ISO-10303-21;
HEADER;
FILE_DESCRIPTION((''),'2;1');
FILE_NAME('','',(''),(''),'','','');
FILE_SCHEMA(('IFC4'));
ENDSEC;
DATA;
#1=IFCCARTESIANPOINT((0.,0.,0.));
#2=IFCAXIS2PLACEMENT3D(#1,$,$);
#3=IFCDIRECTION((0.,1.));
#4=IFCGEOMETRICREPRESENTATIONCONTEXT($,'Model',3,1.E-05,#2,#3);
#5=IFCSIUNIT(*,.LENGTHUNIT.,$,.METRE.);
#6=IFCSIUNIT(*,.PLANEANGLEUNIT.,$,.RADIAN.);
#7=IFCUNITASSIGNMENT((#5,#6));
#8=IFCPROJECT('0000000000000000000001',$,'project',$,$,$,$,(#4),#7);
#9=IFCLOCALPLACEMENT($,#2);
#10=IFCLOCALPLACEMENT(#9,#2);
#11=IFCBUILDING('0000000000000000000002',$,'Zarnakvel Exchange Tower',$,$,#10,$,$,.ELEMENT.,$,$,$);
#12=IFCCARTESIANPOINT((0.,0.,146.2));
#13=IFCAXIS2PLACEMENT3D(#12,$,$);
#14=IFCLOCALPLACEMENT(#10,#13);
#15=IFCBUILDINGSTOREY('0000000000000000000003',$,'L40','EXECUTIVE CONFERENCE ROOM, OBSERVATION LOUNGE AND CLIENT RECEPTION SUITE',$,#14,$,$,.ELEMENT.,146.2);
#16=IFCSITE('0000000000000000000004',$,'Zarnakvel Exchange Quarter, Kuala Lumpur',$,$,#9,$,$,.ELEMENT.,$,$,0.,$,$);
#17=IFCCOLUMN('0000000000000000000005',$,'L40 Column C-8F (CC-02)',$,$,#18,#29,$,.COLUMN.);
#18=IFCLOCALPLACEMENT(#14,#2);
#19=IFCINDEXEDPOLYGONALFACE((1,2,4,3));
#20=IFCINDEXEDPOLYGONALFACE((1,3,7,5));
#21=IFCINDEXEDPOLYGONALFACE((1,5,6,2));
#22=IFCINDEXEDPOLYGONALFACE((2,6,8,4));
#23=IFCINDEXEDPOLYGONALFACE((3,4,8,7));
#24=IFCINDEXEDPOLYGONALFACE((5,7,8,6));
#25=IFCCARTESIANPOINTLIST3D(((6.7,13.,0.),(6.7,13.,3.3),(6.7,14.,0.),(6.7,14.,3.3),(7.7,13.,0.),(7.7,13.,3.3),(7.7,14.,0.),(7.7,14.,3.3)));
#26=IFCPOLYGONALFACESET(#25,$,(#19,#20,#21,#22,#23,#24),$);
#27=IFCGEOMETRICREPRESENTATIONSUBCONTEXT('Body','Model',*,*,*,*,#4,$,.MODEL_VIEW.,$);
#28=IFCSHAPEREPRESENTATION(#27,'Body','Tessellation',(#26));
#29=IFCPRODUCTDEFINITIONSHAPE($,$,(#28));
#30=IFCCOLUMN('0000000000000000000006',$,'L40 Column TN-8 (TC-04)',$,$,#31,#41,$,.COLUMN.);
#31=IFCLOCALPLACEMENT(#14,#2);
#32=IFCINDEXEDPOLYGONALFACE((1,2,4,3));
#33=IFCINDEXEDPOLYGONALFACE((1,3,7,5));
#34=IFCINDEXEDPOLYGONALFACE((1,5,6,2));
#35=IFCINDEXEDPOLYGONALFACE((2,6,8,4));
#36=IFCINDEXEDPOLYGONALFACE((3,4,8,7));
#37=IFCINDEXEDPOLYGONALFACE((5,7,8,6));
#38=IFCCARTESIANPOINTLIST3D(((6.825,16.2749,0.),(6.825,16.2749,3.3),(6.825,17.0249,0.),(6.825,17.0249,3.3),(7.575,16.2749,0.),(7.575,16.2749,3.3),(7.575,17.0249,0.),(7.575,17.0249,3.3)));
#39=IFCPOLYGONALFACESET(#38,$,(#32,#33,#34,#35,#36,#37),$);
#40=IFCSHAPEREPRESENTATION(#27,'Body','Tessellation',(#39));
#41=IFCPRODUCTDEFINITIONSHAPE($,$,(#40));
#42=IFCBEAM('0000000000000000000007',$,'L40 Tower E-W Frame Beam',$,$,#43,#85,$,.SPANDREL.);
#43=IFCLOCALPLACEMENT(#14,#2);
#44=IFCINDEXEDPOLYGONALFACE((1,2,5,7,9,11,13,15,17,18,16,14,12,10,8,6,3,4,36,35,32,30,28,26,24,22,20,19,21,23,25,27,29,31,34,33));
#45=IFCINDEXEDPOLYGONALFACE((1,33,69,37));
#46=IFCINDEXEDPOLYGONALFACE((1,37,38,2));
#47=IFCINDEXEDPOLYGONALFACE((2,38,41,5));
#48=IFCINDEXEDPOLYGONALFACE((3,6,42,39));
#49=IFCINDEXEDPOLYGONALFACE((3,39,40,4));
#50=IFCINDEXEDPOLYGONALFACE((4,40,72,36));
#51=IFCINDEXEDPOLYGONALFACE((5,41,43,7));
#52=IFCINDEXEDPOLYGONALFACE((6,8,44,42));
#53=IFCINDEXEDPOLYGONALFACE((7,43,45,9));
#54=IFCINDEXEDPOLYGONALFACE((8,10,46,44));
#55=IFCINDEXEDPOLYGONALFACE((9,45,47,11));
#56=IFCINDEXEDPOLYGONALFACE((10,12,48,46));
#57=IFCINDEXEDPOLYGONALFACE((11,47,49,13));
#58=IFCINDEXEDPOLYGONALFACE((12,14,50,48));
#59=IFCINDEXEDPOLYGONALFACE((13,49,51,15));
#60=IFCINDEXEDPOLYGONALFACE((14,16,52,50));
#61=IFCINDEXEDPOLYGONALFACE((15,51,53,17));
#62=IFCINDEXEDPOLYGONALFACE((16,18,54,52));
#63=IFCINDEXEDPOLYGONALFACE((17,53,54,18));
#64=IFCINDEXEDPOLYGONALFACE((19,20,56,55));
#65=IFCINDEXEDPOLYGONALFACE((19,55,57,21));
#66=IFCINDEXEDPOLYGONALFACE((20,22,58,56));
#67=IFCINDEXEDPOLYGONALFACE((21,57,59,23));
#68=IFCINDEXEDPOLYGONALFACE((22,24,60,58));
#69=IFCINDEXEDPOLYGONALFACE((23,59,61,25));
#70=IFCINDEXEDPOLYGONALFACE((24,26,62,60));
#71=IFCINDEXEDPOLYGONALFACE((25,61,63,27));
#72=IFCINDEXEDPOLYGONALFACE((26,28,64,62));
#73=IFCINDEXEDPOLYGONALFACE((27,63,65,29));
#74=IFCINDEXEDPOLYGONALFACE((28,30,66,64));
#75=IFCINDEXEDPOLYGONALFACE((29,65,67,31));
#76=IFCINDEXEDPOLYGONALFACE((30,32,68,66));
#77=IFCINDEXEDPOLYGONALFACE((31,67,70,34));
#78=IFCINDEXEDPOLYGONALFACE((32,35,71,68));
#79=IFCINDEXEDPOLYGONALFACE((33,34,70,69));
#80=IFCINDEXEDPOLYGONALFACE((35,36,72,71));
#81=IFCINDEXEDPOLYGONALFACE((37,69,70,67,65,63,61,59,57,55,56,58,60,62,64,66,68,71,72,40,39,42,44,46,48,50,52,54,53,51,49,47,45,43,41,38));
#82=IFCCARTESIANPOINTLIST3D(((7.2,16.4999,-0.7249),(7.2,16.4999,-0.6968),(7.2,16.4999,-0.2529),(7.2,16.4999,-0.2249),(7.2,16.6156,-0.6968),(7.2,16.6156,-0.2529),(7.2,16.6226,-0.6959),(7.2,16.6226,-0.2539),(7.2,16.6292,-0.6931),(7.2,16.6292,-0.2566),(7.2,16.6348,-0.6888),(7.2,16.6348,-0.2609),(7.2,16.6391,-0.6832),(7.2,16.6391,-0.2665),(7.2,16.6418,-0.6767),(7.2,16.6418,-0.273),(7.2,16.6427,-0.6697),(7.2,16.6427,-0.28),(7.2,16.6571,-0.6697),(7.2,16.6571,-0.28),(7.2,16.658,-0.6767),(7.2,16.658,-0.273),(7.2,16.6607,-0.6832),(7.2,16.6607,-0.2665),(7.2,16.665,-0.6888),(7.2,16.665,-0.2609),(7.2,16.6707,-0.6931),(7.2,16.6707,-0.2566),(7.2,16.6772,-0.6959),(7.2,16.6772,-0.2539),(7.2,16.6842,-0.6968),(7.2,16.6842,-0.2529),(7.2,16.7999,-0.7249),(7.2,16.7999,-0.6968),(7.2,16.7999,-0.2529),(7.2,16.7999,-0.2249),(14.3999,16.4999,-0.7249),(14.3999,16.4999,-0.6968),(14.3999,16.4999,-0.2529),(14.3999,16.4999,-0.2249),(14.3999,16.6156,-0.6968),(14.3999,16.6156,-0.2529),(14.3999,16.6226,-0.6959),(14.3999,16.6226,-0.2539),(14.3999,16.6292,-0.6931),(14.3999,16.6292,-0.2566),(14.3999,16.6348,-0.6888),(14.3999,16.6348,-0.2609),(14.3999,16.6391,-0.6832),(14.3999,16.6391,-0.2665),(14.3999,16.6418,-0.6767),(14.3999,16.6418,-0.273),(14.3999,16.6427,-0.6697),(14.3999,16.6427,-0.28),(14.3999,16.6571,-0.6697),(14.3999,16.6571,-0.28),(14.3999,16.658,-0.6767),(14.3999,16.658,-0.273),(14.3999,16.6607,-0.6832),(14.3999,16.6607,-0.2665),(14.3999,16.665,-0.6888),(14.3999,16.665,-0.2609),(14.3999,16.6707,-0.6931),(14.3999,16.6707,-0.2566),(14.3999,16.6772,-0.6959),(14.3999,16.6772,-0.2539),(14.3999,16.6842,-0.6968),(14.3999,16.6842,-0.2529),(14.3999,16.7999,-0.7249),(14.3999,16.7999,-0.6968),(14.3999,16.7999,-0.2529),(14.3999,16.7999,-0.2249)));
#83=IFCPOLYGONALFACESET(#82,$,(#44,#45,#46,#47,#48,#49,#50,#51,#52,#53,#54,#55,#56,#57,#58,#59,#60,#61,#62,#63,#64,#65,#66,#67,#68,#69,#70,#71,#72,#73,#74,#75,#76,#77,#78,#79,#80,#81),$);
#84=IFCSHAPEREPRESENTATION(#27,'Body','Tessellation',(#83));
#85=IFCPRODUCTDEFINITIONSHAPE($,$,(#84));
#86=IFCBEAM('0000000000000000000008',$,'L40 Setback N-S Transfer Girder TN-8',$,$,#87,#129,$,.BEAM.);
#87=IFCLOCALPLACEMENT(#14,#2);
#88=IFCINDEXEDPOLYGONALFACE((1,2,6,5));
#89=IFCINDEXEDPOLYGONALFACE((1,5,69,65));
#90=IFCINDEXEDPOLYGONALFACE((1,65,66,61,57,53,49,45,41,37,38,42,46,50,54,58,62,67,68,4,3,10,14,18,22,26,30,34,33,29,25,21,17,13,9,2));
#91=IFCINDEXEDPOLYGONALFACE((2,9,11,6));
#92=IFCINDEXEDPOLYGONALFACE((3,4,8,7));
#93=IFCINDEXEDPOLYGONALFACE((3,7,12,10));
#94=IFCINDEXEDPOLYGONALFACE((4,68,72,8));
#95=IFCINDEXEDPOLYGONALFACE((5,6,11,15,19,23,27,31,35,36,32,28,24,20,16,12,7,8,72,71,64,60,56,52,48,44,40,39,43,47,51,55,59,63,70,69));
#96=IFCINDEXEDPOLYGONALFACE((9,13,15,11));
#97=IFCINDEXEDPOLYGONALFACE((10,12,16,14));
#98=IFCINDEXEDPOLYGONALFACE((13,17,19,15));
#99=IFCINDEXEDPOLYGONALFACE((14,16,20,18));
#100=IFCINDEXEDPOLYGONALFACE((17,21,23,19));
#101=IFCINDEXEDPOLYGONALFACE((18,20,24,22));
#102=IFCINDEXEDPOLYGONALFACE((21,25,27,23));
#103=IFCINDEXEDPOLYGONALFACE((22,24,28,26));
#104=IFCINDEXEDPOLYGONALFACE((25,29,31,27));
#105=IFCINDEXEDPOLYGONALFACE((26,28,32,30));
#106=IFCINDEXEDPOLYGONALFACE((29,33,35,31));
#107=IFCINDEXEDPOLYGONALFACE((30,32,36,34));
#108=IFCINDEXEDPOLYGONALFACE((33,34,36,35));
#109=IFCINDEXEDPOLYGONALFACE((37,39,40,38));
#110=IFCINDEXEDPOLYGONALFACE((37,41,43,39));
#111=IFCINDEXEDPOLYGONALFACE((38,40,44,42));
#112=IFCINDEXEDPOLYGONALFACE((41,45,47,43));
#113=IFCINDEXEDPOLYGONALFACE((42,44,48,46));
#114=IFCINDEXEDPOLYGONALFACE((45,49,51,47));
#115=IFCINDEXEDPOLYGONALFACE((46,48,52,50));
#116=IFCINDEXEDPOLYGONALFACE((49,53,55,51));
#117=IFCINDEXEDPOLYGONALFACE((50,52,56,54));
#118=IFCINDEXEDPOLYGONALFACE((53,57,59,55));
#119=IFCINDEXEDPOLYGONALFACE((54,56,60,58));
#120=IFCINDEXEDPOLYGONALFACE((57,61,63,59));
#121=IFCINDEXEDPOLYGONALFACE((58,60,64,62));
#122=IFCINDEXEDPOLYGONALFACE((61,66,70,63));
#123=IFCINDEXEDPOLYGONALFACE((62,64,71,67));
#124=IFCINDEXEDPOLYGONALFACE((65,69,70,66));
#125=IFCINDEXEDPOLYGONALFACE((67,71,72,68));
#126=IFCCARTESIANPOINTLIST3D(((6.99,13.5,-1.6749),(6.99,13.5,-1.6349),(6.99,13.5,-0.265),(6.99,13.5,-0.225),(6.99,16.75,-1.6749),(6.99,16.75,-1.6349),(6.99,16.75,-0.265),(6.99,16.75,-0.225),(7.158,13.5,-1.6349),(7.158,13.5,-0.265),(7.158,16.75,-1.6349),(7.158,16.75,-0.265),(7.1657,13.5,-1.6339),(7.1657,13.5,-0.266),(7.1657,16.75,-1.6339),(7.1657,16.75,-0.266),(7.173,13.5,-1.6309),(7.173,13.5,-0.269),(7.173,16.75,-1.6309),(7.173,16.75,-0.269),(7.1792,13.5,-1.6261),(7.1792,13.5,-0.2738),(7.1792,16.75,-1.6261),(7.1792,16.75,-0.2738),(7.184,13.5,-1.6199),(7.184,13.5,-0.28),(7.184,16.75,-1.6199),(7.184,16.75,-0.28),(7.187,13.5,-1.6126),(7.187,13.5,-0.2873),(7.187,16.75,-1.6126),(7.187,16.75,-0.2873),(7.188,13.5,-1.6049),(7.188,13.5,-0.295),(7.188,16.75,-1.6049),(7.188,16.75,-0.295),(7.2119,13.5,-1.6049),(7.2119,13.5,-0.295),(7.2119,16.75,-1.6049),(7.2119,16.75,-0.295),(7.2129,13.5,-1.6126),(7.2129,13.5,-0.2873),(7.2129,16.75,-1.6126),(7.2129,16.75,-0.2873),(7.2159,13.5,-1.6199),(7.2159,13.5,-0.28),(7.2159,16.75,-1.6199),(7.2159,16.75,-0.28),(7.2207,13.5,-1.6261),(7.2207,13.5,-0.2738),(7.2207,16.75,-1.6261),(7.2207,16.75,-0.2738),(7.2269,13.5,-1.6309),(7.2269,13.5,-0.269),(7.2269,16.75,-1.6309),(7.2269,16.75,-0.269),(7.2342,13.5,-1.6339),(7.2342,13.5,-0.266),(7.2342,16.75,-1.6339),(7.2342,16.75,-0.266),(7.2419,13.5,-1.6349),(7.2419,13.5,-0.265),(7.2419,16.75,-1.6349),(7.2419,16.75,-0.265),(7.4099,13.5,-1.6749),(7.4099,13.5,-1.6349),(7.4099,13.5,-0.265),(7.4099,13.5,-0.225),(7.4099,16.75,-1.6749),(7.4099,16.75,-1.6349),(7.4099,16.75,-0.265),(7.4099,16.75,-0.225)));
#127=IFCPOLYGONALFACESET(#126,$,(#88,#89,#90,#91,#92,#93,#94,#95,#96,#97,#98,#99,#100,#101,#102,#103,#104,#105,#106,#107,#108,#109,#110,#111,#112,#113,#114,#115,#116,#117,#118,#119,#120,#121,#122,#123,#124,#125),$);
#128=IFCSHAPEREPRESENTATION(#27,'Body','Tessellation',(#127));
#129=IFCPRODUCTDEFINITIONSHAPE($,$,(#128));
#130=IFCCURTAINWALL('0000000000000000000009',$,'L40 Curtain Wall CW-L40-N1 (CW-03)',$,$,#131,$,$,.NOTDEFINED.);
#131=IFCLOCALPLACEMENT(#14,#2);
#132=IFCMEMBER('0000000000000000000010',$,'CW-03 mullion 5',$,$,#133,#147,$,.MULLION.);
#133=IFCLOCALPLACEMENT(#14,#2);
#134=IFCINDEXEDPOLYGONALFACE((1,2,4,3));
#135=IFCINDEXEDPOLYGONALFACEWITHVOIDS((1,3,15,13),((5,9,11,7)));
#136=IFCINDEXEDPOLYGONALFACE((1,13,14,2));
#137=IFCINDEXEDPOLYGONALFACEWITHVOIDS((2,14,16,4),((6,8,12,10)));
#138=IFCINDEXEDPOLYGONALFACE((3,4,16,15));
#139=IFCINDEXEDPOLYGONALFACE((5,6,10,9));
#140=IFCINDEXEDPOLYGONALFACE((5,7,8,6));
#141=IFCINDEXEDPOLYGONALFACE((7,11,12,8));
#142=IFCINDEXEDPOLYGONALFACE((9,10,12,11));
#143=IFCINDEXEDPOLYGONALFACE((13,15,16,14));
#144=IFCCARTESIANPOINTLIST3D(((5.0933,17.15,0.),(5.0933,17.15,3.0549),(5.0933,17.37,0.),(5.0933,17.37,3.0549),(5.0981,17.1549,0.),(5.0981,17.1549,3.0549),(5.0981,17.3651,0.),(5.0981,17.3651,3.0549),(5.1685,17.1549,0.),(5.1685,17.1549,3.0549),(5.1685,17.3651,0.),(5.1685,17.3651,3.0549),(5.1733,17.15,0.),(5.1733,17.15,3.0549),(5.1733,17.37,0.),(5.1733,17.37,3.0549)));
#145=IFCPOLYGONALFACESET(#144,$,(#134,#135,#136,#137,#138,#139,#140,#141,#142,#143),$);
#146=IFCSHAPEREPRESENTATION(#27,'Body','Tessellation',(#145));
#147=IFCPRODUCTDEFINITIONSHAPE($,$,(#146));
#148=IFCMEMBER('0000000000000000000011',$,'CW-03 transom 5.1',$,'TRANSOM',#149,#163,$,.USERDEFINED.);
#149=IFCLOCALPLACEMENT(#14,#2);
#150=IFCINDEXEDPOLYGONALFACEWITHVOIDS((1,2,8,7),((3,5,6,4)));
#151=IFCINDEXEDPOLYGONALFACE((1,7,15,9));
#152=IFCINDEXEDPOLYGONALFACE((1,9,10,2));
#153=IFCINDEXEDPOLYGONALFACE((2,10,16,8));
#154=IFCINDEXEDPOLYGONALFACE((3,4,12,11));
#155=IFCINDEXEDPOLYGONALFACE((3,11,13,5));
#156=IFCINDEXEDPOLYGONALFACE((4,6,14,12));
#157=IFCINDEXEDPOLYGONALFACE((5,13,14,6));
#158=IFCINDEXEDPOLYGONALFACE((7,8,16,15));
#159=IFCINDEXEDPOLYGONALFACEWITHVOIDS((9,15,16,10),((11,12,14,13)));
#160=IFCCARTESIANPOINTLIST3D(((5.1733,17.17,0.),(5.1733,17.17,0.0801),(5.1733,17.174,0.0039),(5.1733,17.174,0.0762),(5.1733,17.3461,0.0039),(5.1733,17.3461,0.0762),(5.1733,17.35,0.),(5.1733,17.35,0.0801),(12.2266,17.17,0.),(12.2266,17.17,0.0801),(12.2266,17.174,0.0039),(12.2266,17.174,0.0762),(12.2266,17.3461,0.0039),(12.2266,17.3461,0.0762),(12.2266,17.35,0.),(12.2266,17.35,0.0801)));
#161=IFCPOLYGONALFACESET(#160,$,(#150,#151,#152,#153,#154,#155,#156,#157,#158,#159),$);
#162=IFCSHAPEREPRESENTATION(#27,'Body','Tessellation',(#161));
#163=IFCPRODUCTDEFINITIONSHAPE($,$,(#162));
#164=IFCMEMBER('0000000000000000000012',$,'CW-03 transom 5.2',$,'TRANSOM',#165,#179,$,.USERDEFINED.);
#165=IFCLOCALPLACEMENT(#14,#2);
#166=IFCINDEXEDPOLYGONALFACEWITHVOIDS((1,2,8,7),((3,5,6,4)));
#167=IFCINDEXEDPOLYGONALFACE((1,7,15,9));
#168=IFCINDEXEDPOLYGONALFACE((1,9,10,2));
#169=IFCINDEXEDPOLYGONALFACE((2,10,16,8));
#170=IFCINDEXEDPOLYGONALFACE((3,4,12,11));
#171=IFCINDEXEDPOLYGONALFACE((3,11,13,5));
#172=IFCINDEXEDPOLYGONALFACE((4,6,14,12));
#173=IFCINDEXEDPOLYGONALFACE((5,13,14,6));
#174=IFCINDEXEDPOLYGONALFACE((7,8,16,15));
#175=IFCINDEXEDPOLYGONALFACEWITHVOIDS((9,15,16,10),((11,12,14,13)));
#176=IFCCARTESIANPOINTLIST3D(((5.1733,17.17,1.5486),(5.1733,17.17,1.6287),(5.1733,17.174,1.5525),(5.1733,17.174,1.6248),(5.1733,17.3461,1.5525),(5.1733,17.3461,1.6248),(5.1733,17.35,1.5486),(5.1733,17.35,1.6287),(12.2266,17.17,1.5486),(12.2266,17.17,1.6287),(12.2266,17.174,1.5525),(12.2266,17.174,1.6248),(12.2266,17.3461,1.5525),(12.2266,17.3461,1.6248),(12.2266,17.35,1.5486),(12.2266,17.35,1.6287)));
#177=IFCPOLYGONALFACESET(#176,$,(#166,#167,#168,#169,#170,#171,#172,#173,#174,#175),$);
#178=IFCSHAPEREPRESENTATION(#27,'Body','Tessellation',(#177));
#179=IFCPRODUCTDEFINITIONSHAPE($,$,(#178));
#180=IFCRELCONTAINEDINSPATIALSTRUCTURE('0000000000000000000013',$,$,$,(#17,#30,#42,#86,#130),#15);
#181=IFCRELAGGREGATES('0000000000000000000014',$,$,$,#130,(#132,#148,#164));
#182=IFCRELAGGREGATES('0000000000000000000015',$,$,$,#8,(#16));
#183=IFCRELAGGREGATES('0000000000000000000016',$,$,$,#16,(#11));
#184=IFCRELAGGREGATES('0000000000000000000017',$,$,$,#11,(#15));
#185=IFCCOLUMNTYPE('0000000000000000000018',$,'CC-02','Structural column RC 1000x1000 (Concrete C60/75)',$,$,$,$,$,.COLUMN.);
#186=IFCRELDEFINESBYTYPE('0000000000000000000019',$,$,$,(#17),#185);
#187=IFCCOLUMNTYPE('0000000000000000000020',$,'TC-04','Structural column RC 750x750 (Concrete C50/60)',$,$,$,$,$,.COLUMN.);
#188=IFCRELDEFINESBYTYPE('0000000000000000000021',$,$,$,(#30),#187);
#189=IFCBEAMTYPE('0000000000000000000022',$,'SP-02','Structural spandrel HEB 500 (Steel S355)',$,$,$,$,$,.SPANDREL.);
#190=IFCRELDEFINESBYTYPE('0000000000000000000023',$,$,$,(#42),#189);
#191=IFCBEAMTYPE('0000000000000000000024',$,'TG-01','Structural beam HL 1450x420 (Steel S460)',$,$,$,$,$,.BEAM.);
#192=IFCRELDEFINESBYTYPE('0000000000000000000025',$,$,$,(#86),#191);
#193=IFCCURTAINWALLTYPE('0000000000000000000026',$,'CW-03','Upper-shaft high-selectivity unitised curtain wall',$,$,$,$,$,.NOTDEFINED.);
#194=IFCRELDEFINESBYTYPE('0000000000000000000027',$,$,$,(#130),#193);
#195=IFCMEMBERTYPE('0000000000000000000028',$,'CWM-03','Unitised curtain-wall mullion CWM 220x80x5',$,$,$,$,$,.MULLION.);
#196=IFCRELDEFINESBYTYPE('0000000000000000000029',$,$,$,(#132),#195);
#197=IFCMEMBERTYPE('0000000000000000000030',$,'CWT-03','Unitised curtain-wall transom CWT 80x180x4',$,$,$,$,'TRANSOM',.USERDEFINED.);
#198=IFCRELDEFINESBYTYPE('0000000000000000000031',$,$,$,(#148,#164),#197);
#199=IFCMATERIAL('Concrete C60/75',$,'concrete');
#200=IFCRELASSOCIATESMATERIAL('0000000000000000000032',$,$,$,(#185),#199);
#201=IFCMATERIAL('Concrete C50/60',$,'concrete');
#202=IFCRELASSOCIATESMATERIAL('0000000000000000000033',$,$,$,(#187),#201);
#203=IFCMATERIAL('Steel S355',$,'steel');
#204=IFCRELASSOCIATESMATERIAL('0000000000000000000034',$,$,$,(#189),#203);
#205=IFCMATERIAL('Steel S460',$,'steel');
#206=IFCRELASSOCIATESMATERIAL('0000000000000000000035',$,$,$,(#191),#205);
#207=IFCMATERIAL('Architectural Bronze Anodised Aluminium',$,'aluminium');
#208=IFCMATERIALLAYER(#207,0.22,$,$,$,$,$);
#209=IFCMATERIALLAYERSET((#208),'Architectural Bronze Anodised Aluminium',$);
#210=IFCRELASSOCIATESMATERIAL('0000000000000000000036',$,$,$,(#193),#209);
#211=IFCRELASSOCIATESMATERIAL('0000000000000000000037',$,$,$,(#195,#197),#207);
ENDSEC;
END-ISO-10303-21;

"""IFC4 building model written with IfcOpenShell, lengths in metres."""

from ifc_helpers import new_model, si_unit, direction, frame, origin, origin_2d, place, context, subcontext, project, spatial, rectangle, hollow_rectangle, i_section, extrude, source, transform, mapped, material, layer, layer_set, material_profile, profile_set, type_object, element, aggregate, save


model = new_model("IFC4")

# Units and contexts
model_context = context("Model", 3, precision=1e-05, world=origin(), true_north=direction((0.0, 1.0)))
body_context = subcontext(model_context, "Body", "Model", "MODEL_VIEW")
ifc_project = project(units=[si_unit("LENGTHUNIT", "METRE"), si_unit("PLANEANGLEUNIT", "RADIAN")], contexts=[model_context])

# Site, building, storey
site_placement = place(None, origin())
site = spatial("IfcSite", under=ifc_project, at=site_placement, Name="Zarnakvel Exchange Quarter, Kuala Lumpur", CompositionType="ELEMENT", RefElevation=0.0)
building_placement = place(site_placement, origin())
building = spatial("IfcBuilding", under=site, at=building_placement, Name="Zarnakvel Exchange Tower", CompositionType="ELEMENT")
storey_placement = place(building_placement, frame((0.0, 0.0, 146.2)))
storey = spatial("IfcBuildingStorey", under=building, at=storey_placement, Name="L40", Description="EXECUTIVE CONFERENCE ROOM, OBSERVATION LOUNGE AND CLIENT RECEPTION SUITE", CompositionType="ELEMENT", Elevation=146.2)

# Columns
ifc_material_1 = material(Name="Concrete C60/75", Category="concrete")
ifc_material_profile_1 = material_profile(ifc_material_1, rectangle(XDim=1.0, YDim=1.0, at=origin_2d()))
ifc_profile_set_1 = profile_set([ifc_material_profile_1], Name="Concrete C60/75")
column_type_1 = type_object("IfcColumnType", Name="CC-02", Description="Structural column RC 1000x1000 (Concrete C60/75)", PredefinedType="COLUMN", material=ifc_profile_set_1)
column_1_placement = place(storey_placement, frame((7.2, 13.5, 0.0), z_axis=(0.0, 0.0, 1.0), x_axis=(1.0, 0.0, 0.0)))
element("IfcColumn", 1, at=column_1_placement, inside=storey, type_object=column_type_1, Name="L40 Column C-8F (CC-02)", PredefinedType="COLUMN", context=body_context, shape_type="SweptSolid", body=[
    extrude(rectangle(XDim=1.0, YDim=1.0, at=origin_2d()), origin(), (0.0, 0.0, 1.0), 3.3),
])
ifc_material_2 = material(Name="Concrete C50/60", Category="concrete")
ifc_material_profile_2 = material_profile(ifc_material_2, rectangle(XDim=0.75, YDim=0.75, at=origin_2d()))
ifc_profile_set_2 = profile_set([ifc_material_profile_2], Name="Concrete C50/60")
column_type_2 = type_object("IfcColumnType", Name="TC-04", Description="Structural column RC 750x750 (Concrete C50/60)", PredefinedType="COLUMN", material=ifc_profile_set_2)
column_2_placement = place(storey_placement, frame((7.2, 16.6499, 0.0), z_axis=(0.0, 0.0, 1.0), x_axis=(1.0, 0.0, 0.0)))
element("IfcColumn", 2, at=column_2_placement, inside=storey, type_object=column_type_2, Name="L40 Column TN-8 (TC-04)", PredefinedType="COLUMN", context=body_context, shape_type="SweptSolid", body=[
    extrude(rectangle(XDim=0.75, YDim=0.75, at=origin_2d()), origin(), (0.0, 0.0, 1.0), 3.3),
])

# Beams
ifc_material_3 = material(Name="Steel S355", Category="steel")
ifc_material_profile_3 = material_profile(ifc_material_3, i_section(OverallWidth=0.3, OverallDepth=0.5, WebThickness=0.0144, FlangeThickness=0.0281, FilletRadius=0.0271, at=origin_2d()))
ifc_profile_set_3 = profile_set([ifc_material_profile_3], Name="Steel S355")
beam_type_1 = type_object("IfcBeamType", Name="SP-02", Description="Structural spandrel HEB 500 (Steel S355)", PredefinedType="SPANDREL", material=ifc_profile_set_3)
beam_1_placement = place(storey_placement, frame((7.2, 16.6499, -0.4749), z_axis=(1.0, 0.0, 0.0), x_axis=(0.0, 1.0, 0.0)))
element("IfcBeam", 3, at=beam_1_placement, inside=storey, type_object=beam_type_1, Name="L40 Tower E-W Frame Beam", PredefinedType="SPANDREL", context=body_context, shape_type="SweptSolid", body=[
    extrude(i_section(OverallWidth=0.3, OverallDepth=0.5, WebThickness=0.0144, FlangeThickness=0.0281, FilletRadius=0.0271, at=origin_2d()), origin(), (0.0, 0.0, 1.0), 7.2),
])
ifc_material_4 = material(Name="Steel S460", Category="steel")
ifc_material_profile_4 = material_profile(ifc_material_4, i_section(OverallWidth=0.4199, OverallDepth=1.45, WebThickness=0.0239, FlangeThickness=0.04, FilletRadius=0.03, at=origin_2d()))
ifc_profile_set_4 = profile_set([ifc_material_profile_4], Name="Steel S460")
beam_type_2 = type_object("IfcBeamType", Name="TG-01", Description="Structural beam HL 1450x420 (Steel S460)", PredefinedType="BEAM", material=ifc_profile_set_4)
beam_2_placement = place(storey_placement, frame((7.2, 13.5, -0.95), z_axis=(0.0, 1.0, 0.0), x_axis=(-1.0, 0.0, 0.0)))
element("IfcBeam", 4, at=beam_2_placement, inside=storey, type_object=beam_type_2, Name="L40 Setback N-S Transfer Girder TN-8", PredefinedType="BEAM", context=body_context, shape_type="SweptSolid", body=[
    extrude(i_section(OverallWidth=0.4199, OverallDepth=1.45, WebThickness=0.0239, FlangeThickness=0.04, FilletRadius=0.03, at=origin_2d()), origin(), (0.0, 0.0, 1.0), 3.25),
])

# Curtain wall, members
ifc_material_5 = material(Name="Architectural Bronze Anodised Aluminium", Category="aluminium")
ifc_layer_1 = layer(ifc_material_5, 0.22)
ifc_layer_set_1 = layer_set([ifc_layer_1], Name="Architectural Bronze Anodised Aluminium")
curtain_wall_type = type_object("IfcCurtainWallType", Name="CW-03", Description="Upper-shaft high-selectivity unitised curtain wall", PredefinedType="NOTDEFINED", material=ifc_layer_set_1)
curtain_wall_placement = place(storey_placement, origin())
curtain_wall = element("IfcCurtainWall", 5, at=curtain_wall_placement, inside=storey, type_object=curtain_wall_type, Name="L40 Curtain Wall CW-L40-N1 (CW-03)", PredefinedType="NOTDEFINED")
ifc_material_profile_5 = material_profile(ifc_material_5, hollow_rectangle(XDim=0.22, YDim=0.0801, WallThickness=0.0049, at=origin_2d()))
ifc_profile_set_5 = profile_set([ifc_material_profile_5], Name="Architectural Bronze Anodised Aluminium")
member_type_1 = type_object("IfcMemberType", Name="CWM-03", Description="Unitised curtain-wall mullion CWM 220x80x5", PredefinedType="MULLION", material=ifc_profile_set_5)
shared_shape_1 = source(origin(), body_context, "Body", "SweptSolid", [
    extrude(hollow_rectangle(XDim=0.22, YDim=0.0801, WallThickness=0.0049, at=origin_2d()), origin(), (0.0, 0.0, 1.0), 3.0549),
])
member_1_placement = place(storey_placement, frame((5.1333, 17.26, 0.0), z_axis=(0.0, 0.0, 1.0), x_axis=(0.0, 1.0, 0.0)))
member_1 = element("IfcMember", 6, at=member_1_placement, type_object=member_type_1, Name="CW-03 mullion 5", PredefinedType="MULLION", context=body_context, shape_type="MappedRepresentation", body=[
    mapped(shared_shape_1, transform((0.0, 0.0, 0.0), x_axis=(1.0, 0.0, 0.0), y_axis=(0.0, 1.0, 0.0), z_axis=(0.0, 0.0, 1.0), scale=1.0)),
])
ifc_material_profile_6 = material_profile(ifc_material_5, hollow_rectangle(XDim=0.1799, YDim=0.0801, WallThickness=0.0039, at=origin_2d()))
ifc_profile_set_6 = profile_set([ifc_material_profile_6], Name="Architectural Bronze Anodised Aluminium")
member_type_2 = type_object("IfcMemberType", Name="CWT-03", Description="Unitised curtain-wall transom CWT 80x180x4", ElementType="TRANSOM", PredefinedType="USERDEFINED", material=ifc_profile_set_6)
shared_shape_2 = source(origin(), body_context, "Body", "SweptSolid", [
    extrude(hollow_rectangle(XDim=0.1799, YDim=0.0801, WallThickness=0.0039, at=origin_2d()), origin(), (0.0, 0.0, 1.0), 7.0532),
])
member_2_placement = place(storey_placement, frame((5.1733, 17.26, 0.04), z_axis=(1.0, 0.0, 0.0), x_axis=(0.0, 1.0, 0.0)))
member_2 = element("IfcMember", 7, at=member_2_placement, type_object=member_type_2, Name="CW-03 transom 5.1", ObjectType="TRANSOM", PredefinedType="USERDEFINED", context=body_context, shape_type="MappedRepresentation", body=[
    mapped(shared_shape_2, transform((0.0, 0.0, 0.0), x_axis=(1.0, 0.0, 0.0), y_axis=(0.0, 1.0, 0.0), z_axis=(0.0, 0.0, 1.0), scale=1.0)),
])
member_3_placement = place(storey_placement, frame((5.1733, 17.26, 1.5886), z_axis=(1.0, 0.0, 0.0), x_axis=(0.0, 1.0, 0.0)))
member_3 = element("IfcMember", 8, at=member_3_placement, type_object=member_type_2, Name="CW-03 transom 5.2", ObjectType="TRANSOM", PredefinedType="USERDEFINED", context=body_context, shape_type="MappedRepresentation", body=[
    mapped(shared_shape_2, transform((0.0, 0.0, 0.0), x_axis=(1.0, 0.0, 0.0), y_axis=(0.0, 1.0, 0.0), z_axis=(0.0, 0.0, 1.0), scale=1.0)),
])
aggregate(curtain_wall, [member_1, member_2, member_3])

save(model, "model.ifc")
